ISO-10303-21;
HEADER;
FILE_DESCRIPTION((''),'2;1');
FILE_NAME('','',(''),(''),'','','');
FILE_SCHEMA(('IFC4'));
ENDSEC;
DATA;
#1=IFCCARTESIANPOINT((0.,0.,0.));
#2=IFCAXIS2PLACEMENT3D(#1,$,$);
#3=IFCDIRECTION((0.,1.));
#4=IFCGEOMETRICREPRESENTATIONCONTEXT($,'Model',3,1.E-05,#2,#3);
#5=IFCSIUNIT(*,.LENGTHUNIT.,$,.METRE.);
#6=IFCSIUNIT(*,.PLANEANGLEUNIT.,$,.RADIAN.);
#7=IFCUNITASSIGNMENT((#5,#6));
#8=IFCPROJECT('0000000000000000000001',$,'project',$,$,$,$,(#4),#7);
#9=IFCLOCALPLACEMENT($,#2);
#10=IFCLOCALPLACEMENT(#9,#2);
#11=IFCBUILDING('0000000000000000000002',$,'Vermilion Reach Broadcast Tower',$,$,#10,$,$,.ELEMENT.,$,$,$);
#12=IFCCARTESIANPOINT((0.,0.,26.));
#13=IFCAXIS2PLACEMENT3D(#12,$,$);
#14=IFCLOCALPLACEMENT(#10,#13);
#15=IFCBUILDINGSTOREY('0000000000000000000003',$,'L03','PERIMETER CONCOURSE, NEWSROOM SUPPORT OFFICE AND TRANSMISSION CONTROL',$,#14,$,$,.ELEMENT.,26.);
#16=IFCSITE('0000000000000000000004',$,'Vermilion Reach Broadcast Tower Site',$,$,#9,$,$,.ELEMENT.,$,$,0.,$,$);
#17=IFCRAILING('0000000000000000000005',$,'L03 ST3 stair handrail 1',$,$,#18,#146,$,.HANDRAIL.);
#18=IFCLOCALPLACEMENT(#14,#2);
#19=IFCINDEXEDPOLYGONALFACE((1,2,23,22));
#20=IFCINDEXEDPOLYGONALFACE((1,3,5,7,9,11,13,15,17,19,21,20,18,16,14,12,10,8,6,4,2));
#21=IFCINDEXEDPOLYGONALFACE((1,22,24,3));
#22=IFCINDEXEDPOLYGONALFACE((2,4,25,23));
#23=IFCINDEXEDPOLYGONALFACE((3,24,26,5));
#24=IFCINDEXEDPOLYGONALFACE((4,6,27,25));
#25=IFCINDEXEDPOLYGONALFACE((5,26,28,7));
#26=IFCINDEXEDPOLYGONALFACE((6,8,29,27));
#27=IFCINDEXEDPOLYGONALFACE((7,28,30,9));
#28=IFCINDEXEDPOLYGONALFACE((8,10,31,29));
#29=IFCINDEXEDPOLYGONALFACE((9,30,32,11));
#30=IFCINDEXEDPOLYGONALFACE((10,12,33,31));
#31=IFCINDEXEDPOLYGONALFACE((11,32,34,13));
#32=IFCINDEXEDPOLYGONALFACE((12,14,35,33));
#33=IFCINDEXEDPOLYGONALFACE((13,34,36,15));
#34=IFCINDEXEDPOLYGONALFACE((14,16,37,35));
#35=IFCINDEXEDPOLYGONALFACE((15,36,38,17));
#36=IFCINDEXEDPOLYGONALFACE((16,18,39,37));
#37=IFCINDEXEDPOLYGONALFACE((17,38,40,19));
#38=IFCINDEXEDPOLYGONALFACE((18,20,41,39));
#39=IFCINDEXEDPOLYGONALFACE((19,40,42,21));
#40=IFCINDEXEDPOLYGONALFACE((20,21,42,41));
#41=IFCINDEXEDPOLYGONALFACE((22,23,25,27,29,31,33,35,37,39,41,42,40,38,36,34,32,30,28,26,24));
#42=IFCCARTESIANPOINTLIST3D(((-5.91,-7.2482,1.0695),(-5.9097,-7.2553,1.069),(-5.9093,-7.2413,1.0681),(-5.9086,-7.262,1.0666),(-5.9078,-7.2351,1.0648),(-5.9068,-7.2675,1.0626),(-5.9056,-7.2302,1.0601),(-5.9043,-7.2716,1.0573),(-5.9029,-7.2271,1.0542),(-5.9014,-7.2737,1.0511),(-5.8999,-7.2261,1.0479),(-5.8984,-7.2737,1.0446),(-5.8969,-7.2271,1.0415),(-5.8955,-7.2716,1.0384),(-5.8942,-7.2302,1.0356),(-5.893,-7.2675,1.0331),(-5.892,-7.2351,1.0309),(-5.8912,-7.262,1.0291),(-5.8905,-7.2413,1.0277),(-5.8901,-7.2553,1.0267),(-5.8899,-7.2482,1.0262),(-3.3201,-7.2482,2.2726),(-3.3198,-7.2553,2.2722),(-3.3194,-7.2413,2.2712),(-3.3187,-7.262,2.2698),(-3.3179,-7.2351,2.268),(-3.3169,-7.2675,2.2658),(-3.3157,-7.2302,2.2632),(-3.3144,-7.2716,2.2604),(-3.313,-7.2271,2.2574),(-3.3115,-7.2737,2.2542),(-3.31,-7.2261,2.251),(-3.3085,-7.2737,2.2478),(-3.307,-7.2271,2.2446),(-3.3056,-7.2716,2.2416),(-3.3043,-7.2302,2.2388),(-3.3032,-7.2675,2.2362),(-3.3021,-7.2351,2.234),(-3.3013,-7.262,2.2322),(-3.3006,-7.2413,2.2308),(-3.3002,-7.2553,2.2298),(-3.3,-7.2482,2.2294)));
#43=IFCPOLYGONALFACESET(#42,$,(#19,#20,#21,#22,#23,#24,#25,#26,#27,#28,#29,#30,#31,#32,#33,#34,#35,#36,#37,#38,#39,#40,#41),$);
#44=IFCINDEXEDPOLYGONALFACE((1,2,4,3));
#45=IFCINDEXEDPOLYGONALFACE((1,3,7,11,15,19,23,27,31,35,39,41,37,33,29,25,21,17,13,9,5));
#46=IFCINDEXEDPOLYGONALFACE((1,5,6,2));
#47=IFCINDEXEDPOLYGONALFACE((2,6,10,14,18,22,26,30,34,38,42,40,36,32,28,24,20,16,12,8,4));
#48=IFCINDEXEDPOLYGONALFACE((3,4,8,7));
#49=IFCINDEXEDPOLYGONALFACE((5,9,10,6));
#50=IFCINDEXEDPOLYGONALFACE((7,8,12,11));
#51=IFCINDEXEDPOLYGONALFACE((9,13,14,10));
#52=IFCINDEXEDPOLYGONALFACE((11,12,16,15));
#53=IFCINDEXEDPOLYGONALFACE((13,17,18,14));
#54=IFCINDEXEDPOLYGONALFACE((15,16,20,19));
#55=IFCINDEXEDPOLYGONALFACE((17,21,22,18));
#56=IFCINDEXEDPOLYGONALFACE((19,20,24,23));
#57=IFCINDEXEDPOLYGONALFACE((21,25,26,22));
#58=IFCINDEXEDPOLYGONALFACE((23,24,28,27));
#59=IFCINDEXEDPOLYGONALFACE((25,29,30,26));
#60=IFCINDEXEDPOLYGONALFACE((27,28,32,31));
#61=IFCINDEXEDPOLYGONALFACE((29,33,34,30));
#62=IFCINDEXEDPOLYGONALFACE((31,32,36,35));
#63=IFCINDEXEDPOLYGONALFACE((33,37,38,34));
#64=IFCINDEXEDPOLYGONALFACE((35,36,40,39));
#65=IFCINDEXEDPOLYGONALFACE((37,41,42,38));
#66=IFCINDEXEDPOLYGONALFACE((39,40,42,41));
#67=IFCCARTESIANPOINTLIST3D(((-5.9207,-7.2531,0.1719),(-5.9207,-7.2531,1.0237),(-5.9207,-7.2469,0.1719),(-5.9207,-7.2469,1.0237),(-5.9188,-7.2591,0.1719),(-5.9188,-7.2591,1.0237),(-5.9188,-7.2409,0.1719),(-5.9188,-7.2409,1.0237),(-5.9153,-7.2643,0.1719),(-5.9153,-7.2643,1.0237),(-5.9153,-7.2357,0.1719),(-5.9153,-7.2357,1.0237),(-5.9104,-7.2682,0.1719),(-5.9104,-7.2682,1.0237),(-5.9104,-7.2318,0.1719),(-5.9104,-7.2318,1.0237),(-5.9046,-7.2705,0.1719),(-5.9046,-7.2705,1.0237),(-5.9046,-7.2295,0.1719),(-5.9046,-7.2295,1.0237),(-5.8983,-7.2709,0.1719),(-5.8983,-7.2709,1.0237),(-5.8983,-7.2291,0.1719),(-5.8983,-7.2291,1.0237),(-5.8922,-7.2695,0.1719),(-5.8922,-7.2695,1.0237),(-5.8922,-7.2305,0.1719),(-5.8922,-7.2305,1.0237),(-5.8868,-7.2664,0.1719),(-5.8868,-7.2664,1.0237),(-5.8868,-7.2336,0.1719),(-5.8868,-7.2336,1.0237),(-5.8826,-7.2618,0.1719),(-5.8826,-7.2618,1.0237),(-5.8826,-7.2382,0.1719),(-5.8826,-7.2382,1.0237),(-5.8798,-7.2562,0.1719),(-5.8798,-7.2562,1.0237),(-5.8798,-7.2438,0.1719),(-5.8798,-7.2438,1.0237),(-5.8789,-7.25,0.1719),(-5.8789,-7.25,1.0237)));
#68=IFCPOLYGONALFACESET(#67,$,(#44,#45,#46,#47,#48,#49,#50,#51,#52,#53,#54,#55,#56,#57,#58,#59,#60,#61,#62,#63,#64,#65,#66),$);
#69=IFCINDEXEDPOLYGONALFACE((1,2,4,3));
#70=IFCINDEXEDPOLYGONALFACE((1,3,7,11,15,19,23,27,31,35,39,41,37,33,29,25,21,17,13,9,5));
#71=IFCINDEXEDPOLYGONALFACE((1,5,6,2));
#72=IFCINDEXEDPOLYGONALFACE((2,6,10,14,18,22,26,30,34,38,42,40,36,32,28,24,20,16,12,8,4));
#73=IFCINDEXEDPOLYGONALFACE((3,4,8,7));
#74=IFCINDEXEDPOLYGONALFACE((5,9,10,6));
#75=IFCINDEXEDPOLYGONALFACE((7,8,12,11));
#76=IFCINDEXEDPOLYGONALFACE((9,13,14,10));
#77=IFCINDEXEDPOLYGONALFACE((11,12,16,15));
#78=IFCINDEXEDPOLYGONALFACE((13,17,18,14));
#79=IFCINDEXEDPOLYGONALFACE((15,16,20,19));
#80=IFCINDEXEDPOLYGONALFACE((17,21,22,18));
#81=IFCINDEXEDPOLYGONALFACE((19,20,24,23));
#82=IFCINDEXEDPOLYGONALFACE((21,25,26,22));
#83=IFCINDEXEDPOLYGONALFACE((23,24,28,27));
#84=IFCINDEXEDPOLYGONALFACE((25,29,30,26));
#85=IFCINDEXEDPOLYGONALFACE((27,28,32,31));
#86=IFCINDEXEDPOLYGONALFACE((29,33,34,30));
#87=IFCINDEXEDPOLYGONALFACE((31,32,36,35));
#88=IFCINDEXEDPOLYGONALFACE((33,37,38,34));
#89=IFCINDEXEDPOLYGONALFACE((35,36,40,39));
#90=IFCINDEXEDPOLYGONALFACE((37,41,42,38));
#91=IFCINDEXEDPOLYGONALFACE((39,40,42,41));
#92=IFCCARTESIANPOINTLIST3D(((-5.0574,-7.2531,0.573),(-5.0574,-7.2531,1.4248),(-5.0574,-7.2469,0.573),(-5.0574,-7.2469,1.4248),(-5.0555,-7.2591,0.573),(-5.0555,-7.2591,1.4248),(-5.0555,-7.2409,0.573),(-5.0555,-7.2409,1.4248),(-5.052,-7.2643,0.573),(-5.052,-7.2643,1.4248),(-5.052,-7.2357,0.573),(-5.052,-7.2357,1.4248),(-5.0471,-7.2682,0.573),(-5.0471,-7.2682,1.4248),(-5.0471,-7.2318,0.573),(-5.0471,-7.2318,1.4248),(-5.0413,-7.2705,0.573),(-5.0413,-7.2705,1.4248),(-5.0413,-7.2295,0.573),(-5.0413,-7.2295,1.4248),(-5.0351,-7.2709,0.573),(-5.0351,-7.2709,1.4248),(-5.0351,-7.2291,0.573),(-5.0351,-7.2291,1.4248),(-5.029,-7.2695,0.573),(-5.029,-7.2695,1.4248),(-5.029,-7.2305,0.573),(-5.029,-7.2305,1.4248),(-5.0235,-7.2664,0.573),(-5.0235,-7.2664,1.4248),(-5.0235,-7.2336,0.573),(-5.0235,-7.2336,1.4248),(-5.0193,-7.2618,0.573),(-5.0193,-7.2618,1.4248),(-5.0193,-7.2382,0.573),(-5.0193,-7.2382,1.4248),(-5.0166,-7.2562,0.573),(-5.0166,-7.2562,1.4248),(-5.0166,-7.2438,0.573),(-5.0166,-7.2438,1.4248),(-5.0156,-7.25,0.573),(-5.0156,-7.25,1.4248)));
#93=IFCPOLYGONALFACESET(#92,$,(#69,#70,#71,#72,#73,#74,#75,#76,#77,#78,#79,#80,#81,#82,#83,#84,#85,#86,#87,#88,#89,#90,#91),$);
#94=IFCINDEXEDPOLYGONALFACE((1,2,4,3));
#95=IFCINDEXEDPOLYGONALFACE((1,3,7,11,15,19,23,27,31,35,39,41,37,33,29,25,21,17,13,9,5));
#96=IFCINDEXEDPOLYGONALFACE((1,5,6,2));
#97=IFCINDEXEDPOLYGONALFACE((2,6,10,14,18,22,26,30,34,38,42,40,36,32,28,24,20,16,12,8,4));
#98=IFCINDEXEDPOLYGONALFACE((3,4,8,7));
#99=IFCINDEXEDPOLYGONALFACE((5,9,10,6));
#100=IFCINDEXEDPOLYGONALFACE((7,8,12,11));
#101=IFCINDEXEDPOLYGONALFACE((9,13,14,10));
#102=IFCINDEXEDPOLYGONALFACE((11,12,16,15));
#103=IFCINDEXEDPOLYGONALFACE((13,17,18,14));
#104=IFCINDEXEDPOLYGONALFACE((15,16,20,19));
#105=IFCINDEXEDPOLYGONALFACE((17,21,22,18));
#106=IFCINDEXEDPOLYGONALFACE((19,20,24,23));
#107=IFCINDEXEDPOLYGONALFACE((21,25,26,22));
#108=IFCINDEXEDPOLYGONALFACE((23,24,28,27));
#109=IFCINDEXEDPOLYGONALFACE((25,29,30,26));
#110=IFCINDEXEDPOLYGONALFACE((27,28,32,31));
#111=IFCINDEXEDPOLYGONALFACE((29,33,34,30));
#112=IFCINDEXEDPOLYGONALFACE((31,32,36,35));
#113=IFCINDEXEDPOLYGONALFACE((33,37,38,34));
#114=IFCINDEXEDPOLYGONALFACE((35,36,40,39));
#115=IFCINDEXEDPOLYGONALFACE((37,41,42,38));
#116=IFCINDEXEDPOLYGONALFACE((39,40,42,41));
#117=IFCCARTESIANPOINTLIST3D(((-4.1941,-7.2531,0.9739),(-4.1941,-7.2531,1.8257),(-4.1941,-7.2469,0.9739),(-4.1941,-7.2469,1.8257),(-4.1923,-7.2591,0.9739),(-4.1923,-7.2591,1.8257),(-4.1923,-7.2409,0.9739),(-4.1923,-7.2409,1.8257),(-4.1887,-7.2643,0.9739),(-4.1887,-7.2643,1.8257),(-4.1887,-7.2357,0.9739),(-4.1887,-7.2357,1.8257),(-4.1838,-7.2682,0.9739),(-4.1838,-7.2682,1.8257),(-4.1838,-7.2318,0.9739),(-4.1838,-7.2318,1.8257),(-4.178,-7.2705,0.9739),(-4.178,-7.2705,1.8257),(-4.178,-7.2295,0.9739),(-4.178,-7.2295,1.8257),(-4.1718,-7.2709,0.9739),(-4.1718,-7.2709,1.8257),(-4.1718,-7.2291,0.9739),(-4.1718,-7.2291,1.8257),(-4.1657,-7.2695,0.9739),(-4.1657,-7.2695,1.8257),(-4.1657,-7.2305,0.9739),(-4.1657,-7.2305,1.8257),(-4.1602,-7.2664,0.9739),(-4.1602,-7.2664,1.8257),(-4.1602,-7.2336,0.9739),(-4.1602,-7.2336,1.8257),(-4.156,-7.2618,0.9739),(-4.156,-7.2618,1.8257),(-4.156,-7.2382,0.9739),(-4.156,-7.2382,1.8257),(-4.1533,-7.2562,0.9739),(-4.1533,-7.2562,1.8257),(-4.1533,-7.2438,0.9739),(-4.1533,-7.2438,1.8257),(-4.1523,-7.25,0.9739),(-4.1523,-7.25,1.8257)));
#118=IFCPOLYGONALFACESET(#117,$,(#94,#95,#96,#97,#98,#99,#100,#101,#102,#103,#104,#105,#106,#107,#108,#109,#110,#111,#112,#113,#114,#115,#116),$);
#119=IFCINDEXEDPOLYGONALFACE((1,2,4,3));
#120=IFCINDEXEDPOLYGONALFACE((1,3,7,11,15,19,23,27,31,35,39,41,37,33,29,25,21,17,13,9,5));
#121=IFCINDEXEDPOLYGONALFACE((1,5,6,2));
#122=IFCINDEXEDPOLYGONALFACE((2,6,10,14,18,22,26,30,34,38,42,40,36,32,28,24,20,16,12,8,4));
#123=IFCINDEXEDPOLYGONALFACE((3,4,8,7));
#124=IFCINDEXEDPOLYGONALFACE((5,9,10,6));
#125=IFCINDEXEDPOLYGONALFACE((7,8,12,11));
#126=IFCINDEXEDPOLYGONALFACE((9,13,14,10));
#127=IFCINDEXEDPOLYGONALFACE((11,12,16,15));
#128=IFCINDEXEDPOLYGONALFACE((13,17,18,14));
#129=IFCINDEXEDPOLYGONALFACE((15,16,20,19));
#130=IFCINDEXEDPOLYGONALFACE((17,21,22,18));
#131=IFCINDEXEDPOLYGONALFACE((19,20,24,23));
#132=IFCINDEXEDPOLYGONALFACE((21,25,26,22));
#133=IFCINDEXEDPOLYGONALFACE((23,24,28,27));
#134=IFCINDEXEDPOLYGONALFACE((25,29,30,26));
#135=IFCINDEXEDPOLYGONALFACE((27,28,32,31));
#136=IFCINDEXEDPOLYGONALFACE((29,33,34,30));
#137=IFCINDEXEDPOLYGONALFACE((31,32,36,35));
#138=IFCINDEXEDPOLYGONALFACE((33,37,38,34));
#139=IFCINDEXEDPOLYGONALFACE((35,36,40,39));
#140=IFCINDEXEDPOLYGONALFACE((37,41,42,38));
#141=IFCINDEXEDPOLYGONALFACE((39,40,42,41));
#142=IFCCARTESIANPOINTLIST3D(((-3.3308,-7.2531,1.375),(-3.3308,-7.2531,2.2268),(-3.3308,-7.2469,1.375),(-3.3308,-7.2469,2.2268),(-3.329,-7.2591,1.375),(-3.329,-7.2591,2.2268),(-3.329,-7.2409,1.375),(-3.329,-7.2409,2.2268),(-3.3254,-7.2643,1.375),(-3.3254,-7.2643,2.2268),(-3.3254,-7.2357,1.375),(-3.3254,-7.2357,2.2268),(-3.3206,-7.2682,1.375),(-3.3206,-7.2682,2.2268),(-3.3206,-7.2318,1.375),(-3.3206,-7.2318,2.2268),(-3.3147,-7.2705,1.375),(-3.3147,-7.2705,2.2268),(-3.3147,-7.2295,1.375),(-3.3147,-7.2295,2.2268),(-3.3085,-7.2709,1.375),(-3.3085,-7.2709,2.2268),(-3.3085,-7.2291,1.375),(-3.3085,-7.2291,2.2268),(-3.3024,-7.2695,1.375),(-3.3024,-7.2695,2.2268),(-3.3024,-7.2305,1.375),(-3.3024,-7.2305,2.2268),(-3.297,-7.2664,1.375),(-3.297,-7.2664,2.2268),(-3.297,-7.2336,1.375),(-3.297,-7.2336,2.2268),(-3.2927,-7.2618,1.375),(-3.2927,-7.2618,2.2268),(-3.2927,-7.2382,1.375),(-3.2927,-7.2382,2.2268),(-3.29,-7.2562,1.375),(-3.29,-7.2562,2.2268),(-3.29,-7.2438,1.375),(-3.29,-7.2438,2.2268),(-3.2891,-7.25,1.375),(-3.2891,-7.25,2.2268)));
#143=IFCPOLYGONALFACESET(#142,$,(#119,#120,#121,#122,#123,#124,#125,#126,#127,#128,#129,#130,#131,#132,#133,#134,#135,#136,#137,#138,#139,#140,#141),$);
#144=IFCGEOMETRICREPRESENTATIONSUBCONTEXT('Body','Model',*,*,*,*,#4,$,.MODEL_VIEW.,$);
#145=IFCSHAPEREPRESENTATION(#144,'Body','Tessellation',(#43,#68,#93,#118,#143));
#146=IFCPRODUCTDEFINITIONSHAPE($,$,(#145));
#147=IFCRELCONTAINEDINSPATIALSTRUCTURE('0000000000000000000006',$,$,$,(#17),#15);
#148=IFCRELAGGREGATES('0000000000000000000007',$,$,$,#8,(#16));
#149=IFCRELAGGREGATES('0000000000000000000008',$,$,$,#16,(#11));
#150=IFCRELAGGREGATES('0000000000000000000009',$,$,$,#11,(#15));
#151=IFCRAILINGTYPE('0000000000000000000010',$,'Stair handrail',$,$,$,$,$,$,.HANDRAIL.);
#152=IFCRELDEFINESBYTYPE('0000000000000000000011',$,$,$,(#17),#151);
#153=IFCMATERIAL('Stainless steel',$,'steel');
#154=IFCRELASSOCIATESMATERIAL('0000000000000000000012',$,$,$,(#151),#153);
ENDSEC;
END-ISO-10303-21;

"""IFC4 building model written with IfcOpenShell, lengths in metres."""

from ifc_helpers import new_model, si_unit, direction, frame, origin, origin_2d, place, context, subcontext, project, spatial, circle, extrude, material, type_object, element, save


model = new_model("IFC4")

# Units and contexts
model_context = context("Model", 3, precision=1e-05, world=origin(), true_north=direction((0.0, 1.0)))
body_context = subcontext(model_context, "Body", "Model", "MODEL_VIEW")
ifc_project = project(units=[si_unit("LENGTHUNIT", "METRE"), si_unit("PLANEANGLEUNIT", "RADIAN")], contexts=[model_context])

# Site, building, storey
site_placement = place(None, origin())
site = spatial("IfcSite", under=ifc_project, at=site_placement, Name="Vermilion Reach Broadcast Tower Site", CompositionType="ELEMENT", RefElevation=0.0)
building_placement = place(site_placement, origin())
building = spatial("IfcBuilding", under=site, at=building_placement, Name="Vermilion Reach Broadcast Tower", CompositionType="ELEMENT")
storey_placement = place(building_placement, frame((0.0, 0.0, 26.0)))
storey = spatial("IfcBuildingStorey", under=building, at=storey_placement, Name="L03", Description="PERIMETER CONCOURSE, NEWSROOM SUPPORT OFFICE AND TRANSMISSION CONTROL", CompositionType="ELEMENT", Elevation=26.0)

# Railing
ifc_material_1 = material(Name="Stainless steel", Category="steel")
railing_type_1 = type_object("IfcRailingType", Name="Stair handrail", PredefinedType="HANDRAIL", material=ifc_material_1)
railing_1_placement = place(storey_placement, frame((-5.8999, -7.25, 0.1719)))
element("IfcRailing", 1, at=railing_1_placement, inside=storey, type_object=railing_type_1, Name="L03 ST3 stair handrail 1", PredefinedType="HANDRAIL", context=body_context, shape_type="SweptSolid", body=[
    extrude(circle(Radius=0.0239, at=origin_2d()), frame((0.0, 0.0, 0.876), z_axis=(0.906916, 0.0, 0.421312), x_axis=(0.0, 1.0, 0.0)), (0.0, 0.0, 1.0), 2.8557),
    extrude(circle(Radius=0.021, at=origin_2d()), origin(), (0.0, 0.0, 1.0), 0.8518),
    extrude(circle(Radius=0.021, at=origin_2d()), frame((0.8633, 0.0, 0.4011)), (0.0, 0.0, 1.0), 0.8518),
    extrude(circle(Radius=0.021, at=origin_2d()), frame((1.7266, 0.0, 0.802)), (0.0, 0.0, 1.0), 0.8518),
    extrude(circle(Radius=0.021, at=origin_2d()), frame((2.5898, 0.0, 1.2031)), (0.0, 0.0, 1.0), 0.8518),
])

save(model, "model.ifc")
